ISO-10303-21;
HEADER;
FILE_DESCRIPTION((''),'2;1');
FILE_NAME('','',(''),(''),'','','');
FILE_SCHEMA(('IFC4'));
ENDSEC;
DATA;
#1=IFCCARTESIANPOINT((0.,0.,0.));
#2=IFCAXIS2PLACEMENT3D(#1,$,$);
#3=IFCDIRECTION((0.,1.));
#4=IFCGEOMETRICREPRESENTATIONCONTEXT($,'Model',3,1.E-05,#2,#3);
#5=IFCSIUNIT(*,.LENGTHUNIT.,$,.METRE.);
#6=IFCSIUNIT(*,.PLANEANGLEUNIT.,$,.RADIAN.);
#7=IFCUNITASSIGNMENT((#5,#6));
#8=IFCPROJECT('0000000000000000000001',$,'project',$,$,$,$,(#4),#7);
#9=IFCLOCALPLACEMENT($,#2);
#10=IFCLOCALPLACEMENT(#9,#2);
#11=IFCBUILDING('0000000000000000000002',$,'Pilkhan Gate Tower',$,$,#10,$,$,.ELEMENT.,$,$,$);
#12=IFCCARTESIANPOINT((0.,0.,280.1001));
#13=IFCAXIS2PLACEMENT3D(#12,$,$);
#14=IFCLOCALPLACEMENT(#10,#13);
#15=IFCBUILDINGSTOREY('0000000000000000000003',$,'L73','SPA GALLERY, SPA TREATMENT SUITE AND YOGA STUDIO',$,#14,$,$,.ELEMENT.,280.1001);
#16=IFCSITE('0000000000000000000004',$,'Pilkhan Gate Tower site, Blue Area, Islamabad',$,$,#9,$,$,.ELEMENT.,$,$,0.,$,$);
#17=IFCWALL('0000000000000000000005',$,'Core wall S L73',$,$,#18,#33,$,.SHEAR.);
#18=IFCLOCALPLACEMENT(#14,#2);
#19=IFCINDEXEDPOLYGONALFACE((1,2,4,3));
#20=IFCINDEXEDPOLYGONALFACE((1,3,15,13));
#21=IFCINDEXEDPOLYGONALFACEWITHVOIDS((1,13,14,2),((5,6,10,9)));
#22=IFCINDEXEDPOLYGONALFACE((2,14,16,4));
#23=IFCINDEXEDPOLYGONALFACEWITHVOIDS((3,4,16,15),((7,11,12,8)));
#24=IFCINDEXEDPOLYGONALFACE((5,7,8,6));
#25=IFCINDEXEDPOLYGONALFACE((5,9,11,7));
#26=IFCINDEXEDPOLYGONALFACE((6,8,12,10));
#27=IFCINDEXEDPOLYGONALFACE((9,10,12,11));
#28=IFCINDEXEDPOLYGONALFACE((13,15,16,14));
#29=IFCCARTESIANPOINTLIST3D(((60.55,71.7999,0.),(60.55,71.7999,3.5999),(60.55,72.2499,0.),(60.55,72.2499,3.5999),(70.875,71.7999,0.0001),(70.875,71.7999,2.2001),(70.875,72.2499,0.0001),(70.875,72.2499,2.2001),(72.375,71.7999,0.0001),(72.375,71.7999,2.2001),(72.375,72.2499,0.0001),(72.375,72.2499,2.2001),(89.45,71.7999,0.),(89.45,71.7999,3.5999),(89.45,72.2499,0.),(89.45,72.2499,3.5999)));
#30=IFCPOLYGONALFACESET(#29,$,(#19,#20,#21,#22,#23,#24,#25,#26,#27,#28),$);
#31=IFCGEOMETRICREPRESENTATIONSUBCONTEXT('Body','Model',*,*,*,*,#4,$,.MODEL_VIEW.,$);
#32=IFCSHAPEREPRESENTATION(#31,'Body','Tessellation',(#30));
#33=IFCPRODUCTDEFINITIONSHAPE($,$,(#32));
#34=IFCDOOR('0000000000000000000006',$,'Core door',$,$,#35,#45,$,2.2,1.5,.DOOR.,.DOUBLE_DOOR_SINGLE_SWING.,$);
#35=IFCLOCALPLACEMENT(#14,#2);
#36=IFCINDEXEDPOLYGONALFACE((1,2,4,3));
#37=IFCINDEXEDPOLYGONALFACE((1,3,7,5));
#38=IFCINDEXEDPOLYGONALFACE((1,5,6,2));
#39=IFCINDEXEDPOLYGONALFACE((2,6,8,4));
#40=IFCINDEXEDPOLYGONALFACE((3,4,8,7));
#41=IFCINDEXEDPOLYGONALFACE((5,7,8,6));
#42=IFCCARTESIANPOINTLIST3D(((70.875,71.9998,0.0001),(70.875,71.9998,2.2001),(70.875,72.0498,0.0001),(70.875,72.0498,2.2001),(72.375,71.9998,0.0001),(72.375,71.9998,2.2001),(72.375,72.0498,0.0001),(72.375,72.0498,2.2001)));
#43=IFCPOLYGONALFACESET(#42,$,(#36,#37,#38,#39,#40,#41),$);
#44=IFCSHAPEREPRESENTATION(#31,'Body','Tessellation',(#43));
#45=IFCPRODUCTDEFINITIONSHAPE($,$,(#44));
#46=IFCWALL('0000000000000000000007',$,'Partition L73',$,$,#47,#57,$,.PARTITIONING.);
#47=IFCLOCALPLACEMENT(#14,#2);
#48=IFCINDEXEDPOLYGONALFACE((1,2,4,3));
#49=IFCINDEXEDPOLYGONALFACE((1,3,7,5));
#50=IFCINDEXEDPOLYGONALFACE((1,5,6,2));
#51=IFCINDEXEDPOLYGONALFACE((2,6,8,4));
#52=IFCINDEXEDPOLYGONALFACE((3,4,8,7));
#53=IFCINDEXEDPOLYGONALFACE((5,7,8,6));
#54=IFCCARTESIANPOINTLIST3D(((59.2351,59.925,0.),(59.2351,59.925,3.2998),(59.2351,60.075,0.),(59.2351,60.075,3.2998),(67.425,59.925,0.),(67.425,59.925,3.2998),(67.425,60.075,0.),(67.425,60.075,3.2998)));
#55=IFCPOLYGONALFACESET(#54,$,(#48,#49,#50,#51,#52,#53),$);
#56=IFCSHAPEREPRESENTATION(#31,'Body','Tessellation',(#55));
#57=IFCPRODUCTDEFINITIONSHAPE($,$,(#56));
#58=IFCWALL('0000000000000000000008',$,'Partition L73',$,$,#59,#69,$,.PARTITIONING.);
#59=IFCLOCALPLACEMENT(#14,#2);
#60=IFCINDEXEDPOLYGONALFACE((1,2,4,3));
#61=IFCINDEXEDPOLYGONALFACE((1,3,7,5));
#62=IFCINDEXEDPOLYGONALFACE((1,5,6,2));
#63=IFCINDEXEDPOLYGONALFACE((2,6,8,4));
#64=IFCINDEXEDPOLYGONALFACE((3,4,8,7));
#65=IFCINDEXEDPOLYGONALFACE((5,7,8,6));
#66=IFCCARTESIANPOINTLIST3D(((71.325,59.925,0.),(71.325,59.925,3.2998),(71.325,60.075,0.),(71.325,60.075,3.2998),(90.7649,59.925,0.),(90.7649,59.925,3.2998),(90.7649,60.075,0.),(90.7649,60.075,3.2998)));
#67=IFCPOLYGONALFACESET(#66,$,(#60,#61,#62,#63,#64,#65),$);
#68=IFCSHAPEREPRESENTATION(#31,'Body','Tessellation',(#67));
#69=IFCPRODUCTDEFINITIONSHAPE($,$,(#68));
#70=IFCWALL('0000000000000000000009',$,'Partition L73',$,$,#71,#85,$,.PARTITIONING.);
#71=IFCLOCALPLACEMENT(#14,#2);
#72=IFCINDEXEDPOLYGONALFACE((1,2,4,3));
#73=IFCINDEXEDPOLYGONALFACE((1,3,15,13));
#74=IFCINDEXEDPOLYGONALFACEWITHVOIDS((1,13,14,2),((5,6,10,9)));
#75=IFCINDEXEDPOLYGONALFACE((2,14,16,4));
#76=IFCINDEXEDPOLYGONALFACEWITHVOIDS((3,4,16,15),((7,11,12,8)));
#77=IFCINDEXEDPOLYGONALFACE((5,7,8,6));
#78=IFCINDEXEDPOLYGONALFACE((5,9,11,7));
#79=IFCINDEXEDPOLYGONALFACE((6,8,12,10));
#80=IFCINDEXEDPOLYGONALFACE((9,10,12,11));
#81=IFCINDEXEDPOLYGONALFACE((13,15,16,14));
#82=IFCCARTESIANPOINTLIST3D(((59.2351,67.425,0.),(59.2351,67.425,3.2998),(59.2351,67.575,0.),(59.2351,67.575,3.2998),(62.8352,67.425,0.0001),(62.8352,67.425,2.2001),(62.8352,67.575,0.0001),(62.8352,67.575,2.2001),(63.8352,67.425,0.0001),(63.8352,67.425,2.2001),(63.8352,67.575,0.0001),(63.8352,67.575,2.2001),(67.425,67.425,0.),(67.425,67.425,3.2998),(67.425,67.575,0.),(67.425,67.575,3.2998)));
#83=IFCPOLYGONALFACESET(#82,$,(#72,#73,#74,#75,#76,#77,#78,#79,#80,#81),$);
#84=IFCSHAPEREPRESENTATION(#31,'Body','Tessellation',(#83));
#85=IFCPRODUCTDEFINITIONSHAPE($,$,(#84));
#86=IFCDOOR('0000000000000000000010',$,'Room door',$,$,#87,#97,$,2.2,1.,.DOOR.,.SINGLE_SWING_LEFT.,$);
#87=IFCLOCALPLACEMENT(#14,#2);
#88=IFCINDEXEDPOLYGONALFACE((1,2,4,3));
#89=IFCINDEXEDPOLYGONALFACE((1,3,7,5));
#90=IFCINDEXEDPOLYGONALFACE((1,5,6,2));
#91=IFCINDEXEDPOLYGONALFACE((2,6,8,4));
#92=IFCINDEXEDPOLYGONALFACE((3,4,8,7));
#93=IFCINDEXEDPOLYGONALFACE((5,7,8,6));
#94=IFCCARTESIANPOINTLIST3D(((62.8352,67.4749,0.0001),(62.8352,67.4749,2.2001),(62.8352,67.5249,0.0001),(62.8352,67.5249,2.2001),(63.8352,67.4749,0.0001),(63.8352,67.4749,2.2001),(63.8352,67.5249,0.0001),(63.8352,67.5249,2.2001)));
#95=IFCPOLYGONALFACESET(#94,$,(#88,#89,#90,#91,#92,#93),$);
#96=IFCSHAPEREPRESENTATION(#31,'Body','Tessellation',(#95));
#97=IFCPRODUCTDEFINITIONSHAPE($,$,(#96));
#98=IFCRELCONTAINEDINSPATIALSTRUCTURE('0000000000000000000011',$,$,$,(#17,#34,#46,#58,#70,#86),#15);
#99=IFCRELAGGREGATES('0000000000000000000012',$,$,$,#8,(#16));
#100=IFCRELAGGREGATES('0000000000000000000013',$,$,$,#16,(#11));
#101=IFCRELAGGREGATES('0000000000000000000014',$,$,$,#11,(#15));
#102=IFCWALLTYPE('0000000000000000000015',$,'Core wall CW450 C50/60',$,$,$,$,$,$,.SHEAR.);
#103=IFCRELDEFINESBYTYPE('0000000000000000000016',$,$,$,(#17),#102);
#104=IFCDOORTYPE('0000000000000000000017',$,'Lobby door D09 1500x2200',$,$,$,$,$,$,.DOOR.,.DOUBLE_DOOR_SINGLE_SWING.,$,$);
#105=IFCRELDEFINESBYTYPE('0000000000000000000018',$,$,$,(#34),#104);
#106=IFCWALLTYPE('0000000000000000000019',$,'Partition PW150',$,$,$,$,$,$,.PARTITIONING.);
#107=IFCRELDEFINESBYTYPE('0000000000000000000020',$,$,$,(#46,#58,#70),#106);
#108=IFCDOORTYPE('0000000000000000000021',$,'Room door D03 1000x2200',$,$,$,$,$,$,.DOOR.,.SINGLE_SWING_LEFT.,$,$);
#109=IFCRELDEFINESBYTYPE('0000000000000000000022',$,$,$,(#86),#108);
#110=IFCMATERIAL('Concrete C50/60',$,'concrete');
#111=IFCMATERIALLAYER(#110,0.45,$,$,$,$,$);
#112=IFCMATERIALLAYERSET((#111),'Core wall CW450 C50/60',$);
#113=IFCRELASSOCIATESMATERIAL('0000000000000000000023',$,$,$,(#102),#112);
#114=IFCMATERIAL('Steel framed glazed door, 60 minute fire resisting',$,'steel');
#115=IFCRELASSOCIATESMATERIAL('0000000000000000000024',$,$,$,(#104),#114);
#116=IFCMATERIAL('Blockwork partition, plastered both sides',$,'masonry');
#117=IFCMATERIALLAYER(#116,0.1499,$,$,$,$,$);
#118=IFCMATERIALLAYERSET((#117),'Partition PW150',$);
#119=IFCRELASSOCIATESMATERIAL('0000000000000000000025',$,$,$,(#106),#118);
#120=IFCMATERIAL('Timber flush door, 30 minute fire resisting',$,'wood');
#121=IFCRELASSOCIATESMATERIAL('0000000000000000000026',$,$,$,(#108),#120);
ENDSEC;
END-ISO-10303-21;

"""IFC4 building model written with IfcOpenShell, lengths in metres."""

from ifc_helpers import new_model, si_unit, direction, frame, frame_2d, origin, place, context, subcontext, project, spatial, rectangle, extrude, material, layer, layer_set, type_object, element, fill, save


model = new_model("IFC4")

# Units and contexts
model_context = context("Model", 3, precision=1e-05, world=origin(), true_north=direction((0.0, 1.0)))
body_context = subcontext(model_context, "Body", "Model", "MODEL_VIEW")
ifc_project = project(units=[si_unit("LENGTHUNIT", "METRE"), si_unit("PLANEANGLEUNIT", "RADIAN")], contexts=[model_context])

# Site, building, storey
site_placement = place(None, origin())
site = spatial("IfcSite", under=ifc_project, at=site_placement, Name="Pilkhan Gate Tower site, Blue Area, Islamabad", CompositionType="ELEMENT", RefElevation=0.0)
building_placement = place(site_placement, origin())
building = spatial("IfcBuilding", under=site, at=building_placement, Name="Pilkhan Gate Tower", CompositionType="ELEMENT")
storey_placement = place(building_placement, frame((0.0, 0.0, 280.1001)))
storey = spatial("IfcBuildingStorey", under=building, at=storey_placement, Name="L73", Description="SPA GALLERY, SPA TREATMENT SUITE AND YOGA STUDIO", CompositionType="ELEMENT", Elevation=280.1001)

# Shared definitions
ifc_material_1 = material(Name="Concrete C50/60", Category="concrete")

# Wall, opening, door
ifc_layer_1 = layer(ifc_material_1, 0.45)
ifc_layer_set_1 = layer_set([ifc_layer_1], Name="Core wall CW450 C50/60")
wall_type_1 = type_object("IfcWallType", Name="Core wall CW450 C50/60", PredefinedType="SHEAR", material=ifc_layer_set_1)
wall_1_placement = place(storey_placement, frame((60.55, 72.0249, 0.0), z_axis=(0.0, 0.0, 1.0), x_axis=(1.0, 0.0, 0.0)))
wall_1 = element("IfcWall", 1, at=wall_1_placement, inside=storey, type_object=wall_type_1, Name="Core wall S L73", PredefinedType="SHEAR", context=body_context, shape_type="SweptSolid", body=[
    extrude(rectangle(XDim=28.8999, YDim=0.45, at=frame_2d((14.45, 0.0))), origin(), (0.0, 0.0, 1.0), 3.5999),
])
opening_1_placement = place(wall_1_placement, frame((10.325, 0.0, 0.0)))
opening_1 = element("IfcOpeningElement", 2, at=opening_1_placement, cuts=wall_1, PredefinedType="OPENING", context=body_context, shape_type="SweptSolid", body=[
    extrude(rectangle(XDim=1.5, YDim=2.2, at=frame_2d((0.75, 1.1001))), frame((0.0, 0.2349, 0.0), z_axis=(0.0, -1.0, 0.0), x_axis=(1.0, 0.0, 0.0)), (0.0, 0.0, 1.0), 0.47),
])
ifc_material_2 = material(Name="Steel framed glazed door, 60 minute fire resisting", Category="steel")
door_type_1 = type_object("IfcDoorType", Name="Lobby door D09 1500x2200", OperationType="DOUBLE_DOOR_SINGLE_SWING", PredefinedType="DOOR", material=ifc_material_2)
door_1_placement = place(opening_1_placement, origin())
door_1 = element("IfcDoor", 3, at=door_1_placement, inside=storey, type_object=door_type_1, Name="Core door", OperationType="DOUBLE_DOOR_SINGLE_SWING", OverallHeight=2.2, OverallWidth=1.5, PredefinedType="DOOR", context=body_context, shape_type="SweptSolid", body=[
    extrude(rectangle(XDim=1.5, YDim=2.2, at=frame_2d((0.75, 1.1001))), frame((0.0, 0.0249, 0.0), z_axis=(0.0, -1.0, 0.0), x_axis=(1.0, 0.0, 0.0)), (0.0, 0.0, 1.0), 0.05),
])
fill(opening_1, door_1)

# Walls
ifc_material_3 = material(Name="Blockwork partition, plastered both sides", Category="masonry")
ifc_layer_2 = layer(ifc_material_3, 0.1499)
ifc_layer_set_2 = layer_set([ifc_layer_2], Name="Partition PW150")
wall_type_2 = type_object("IfcWallType", Name="Partition PW150", PredefinedType="PARTITIONING", material=ifc_layer_set_2)
wall_2_placement = place(storey_placement, frame((59.2351, 60.0, 0.0), z_axis=(0.0, 0.0, 1.0), x_axis=(1.0, 0.0, 0.0)))
element("IfcWall", 4, at=wall_2_placement, inside=storey, type_object=wall_type_2, Name="Partition L73", PredefinedType="PARTITIONING", context=body_context, shape_type="SweptSolid", body=[
    extrude(rectangle(XDim=8.1899, YDim=0.1499, at=frame_2d((4.095, 0.0))), origin(), (0.0, 0.0, 1.0), 3.2998),
])
wall_3_placement = place(storey_placement, frame((71.325, 60.0, 0.0), z_axis=(0.0, 0.0, 1.0), x_axis=(1.0, 0.0, 0.0)))
element("IfcWall", 5, at=wall_3_placement, inside=storey, type_object=wall_type_2, Name="Partition L73", PredefinedType="PARTITIONING", context=body_context, shape_type="SweptSolid", body=[
    extrude(rectangle(XDim=19.4399, YDim=0.1499, at=frame_2d((9.72, 0.0))), origin(), (0.0, 0.0, 1.0), 3.2998),
])

# Wall, opening, door
wall_4_placement = place(storey_placement, frame((59.2351, 67.5, 0.0), z_axis=(0.0, 0.0, 1.0), x_axis=(1.0, 0.0, 0.0)))
wall_4 = element("IfcWall", 6, at=wall_4_placement, inside=storey, type_object=wall_type_2, Name="Partition L73", PredefinedType="PARTITIONING", context=body_context, shape_type="SweptSolid", body=[
    extrude(rectangle(XDim=8.1899, YDim=0.1499, at=frame_2d((4.095, 0.0))), origin(), (0.0, 0.0, 1.0), 3.2998),
])
opening_2_placement = place(wall_4_placement, frame((3.6001, 0.0, 0.0)))
opening_2 = element("IfcOpeningElement", 7, at=opening_2_placement, cuts=wall_4, PredefinedType="OPENING", context=body_context, shape_type="SweptSolid", body=[
    extrude(rectangle(XDim=1.0, YDim=2.2, at=frame_2d((0.5, 1.1001))), frame((0.0, 0.085, 0.0), z_axis=(0.0, -1.0, 0.0), x_axis=(1.0, 0.0, 0.0)), (0.0, 0.0, 1.0), 0.1699),
])
ifc_material_4 = material(Name="Timber flush door, 30 minute fire resisting", Category="wood")
door_type_2 = type_object("IfcDoorType", Name="Room door D03 1000x2200", OperationType="SINGLE_SWING_LEFT", PredefinedType="DOOR", material=ifc_material_4)
door_2_placement = place(opening_2_placement, origin())
door_2 = element("IfcDoor", 8, at=door_2_placement, inside=storey, type_object=door_type_2, Name="Room door", OperationType="SINGLE_SWING_LEFT", OverallHeight=2.2, OverallWidth=1.0, PredefinedType="DOOR", context=body_context, shape_type="SweptSolid", body=[
    extrude(rectangle(XDim=1.0, YDim=2.2, at=frame_2d((0.5, 1.1001))), frame((0.0, 0.0249, 0.0), z_axis=(0.0, -1.0, 0.0), x_axis=(1.0, 0.0, 0.0)), (0.0, 0.0, 1.0), 0.05),
])
fill(opening_2, door_2)

save(model, "model.ifc")
